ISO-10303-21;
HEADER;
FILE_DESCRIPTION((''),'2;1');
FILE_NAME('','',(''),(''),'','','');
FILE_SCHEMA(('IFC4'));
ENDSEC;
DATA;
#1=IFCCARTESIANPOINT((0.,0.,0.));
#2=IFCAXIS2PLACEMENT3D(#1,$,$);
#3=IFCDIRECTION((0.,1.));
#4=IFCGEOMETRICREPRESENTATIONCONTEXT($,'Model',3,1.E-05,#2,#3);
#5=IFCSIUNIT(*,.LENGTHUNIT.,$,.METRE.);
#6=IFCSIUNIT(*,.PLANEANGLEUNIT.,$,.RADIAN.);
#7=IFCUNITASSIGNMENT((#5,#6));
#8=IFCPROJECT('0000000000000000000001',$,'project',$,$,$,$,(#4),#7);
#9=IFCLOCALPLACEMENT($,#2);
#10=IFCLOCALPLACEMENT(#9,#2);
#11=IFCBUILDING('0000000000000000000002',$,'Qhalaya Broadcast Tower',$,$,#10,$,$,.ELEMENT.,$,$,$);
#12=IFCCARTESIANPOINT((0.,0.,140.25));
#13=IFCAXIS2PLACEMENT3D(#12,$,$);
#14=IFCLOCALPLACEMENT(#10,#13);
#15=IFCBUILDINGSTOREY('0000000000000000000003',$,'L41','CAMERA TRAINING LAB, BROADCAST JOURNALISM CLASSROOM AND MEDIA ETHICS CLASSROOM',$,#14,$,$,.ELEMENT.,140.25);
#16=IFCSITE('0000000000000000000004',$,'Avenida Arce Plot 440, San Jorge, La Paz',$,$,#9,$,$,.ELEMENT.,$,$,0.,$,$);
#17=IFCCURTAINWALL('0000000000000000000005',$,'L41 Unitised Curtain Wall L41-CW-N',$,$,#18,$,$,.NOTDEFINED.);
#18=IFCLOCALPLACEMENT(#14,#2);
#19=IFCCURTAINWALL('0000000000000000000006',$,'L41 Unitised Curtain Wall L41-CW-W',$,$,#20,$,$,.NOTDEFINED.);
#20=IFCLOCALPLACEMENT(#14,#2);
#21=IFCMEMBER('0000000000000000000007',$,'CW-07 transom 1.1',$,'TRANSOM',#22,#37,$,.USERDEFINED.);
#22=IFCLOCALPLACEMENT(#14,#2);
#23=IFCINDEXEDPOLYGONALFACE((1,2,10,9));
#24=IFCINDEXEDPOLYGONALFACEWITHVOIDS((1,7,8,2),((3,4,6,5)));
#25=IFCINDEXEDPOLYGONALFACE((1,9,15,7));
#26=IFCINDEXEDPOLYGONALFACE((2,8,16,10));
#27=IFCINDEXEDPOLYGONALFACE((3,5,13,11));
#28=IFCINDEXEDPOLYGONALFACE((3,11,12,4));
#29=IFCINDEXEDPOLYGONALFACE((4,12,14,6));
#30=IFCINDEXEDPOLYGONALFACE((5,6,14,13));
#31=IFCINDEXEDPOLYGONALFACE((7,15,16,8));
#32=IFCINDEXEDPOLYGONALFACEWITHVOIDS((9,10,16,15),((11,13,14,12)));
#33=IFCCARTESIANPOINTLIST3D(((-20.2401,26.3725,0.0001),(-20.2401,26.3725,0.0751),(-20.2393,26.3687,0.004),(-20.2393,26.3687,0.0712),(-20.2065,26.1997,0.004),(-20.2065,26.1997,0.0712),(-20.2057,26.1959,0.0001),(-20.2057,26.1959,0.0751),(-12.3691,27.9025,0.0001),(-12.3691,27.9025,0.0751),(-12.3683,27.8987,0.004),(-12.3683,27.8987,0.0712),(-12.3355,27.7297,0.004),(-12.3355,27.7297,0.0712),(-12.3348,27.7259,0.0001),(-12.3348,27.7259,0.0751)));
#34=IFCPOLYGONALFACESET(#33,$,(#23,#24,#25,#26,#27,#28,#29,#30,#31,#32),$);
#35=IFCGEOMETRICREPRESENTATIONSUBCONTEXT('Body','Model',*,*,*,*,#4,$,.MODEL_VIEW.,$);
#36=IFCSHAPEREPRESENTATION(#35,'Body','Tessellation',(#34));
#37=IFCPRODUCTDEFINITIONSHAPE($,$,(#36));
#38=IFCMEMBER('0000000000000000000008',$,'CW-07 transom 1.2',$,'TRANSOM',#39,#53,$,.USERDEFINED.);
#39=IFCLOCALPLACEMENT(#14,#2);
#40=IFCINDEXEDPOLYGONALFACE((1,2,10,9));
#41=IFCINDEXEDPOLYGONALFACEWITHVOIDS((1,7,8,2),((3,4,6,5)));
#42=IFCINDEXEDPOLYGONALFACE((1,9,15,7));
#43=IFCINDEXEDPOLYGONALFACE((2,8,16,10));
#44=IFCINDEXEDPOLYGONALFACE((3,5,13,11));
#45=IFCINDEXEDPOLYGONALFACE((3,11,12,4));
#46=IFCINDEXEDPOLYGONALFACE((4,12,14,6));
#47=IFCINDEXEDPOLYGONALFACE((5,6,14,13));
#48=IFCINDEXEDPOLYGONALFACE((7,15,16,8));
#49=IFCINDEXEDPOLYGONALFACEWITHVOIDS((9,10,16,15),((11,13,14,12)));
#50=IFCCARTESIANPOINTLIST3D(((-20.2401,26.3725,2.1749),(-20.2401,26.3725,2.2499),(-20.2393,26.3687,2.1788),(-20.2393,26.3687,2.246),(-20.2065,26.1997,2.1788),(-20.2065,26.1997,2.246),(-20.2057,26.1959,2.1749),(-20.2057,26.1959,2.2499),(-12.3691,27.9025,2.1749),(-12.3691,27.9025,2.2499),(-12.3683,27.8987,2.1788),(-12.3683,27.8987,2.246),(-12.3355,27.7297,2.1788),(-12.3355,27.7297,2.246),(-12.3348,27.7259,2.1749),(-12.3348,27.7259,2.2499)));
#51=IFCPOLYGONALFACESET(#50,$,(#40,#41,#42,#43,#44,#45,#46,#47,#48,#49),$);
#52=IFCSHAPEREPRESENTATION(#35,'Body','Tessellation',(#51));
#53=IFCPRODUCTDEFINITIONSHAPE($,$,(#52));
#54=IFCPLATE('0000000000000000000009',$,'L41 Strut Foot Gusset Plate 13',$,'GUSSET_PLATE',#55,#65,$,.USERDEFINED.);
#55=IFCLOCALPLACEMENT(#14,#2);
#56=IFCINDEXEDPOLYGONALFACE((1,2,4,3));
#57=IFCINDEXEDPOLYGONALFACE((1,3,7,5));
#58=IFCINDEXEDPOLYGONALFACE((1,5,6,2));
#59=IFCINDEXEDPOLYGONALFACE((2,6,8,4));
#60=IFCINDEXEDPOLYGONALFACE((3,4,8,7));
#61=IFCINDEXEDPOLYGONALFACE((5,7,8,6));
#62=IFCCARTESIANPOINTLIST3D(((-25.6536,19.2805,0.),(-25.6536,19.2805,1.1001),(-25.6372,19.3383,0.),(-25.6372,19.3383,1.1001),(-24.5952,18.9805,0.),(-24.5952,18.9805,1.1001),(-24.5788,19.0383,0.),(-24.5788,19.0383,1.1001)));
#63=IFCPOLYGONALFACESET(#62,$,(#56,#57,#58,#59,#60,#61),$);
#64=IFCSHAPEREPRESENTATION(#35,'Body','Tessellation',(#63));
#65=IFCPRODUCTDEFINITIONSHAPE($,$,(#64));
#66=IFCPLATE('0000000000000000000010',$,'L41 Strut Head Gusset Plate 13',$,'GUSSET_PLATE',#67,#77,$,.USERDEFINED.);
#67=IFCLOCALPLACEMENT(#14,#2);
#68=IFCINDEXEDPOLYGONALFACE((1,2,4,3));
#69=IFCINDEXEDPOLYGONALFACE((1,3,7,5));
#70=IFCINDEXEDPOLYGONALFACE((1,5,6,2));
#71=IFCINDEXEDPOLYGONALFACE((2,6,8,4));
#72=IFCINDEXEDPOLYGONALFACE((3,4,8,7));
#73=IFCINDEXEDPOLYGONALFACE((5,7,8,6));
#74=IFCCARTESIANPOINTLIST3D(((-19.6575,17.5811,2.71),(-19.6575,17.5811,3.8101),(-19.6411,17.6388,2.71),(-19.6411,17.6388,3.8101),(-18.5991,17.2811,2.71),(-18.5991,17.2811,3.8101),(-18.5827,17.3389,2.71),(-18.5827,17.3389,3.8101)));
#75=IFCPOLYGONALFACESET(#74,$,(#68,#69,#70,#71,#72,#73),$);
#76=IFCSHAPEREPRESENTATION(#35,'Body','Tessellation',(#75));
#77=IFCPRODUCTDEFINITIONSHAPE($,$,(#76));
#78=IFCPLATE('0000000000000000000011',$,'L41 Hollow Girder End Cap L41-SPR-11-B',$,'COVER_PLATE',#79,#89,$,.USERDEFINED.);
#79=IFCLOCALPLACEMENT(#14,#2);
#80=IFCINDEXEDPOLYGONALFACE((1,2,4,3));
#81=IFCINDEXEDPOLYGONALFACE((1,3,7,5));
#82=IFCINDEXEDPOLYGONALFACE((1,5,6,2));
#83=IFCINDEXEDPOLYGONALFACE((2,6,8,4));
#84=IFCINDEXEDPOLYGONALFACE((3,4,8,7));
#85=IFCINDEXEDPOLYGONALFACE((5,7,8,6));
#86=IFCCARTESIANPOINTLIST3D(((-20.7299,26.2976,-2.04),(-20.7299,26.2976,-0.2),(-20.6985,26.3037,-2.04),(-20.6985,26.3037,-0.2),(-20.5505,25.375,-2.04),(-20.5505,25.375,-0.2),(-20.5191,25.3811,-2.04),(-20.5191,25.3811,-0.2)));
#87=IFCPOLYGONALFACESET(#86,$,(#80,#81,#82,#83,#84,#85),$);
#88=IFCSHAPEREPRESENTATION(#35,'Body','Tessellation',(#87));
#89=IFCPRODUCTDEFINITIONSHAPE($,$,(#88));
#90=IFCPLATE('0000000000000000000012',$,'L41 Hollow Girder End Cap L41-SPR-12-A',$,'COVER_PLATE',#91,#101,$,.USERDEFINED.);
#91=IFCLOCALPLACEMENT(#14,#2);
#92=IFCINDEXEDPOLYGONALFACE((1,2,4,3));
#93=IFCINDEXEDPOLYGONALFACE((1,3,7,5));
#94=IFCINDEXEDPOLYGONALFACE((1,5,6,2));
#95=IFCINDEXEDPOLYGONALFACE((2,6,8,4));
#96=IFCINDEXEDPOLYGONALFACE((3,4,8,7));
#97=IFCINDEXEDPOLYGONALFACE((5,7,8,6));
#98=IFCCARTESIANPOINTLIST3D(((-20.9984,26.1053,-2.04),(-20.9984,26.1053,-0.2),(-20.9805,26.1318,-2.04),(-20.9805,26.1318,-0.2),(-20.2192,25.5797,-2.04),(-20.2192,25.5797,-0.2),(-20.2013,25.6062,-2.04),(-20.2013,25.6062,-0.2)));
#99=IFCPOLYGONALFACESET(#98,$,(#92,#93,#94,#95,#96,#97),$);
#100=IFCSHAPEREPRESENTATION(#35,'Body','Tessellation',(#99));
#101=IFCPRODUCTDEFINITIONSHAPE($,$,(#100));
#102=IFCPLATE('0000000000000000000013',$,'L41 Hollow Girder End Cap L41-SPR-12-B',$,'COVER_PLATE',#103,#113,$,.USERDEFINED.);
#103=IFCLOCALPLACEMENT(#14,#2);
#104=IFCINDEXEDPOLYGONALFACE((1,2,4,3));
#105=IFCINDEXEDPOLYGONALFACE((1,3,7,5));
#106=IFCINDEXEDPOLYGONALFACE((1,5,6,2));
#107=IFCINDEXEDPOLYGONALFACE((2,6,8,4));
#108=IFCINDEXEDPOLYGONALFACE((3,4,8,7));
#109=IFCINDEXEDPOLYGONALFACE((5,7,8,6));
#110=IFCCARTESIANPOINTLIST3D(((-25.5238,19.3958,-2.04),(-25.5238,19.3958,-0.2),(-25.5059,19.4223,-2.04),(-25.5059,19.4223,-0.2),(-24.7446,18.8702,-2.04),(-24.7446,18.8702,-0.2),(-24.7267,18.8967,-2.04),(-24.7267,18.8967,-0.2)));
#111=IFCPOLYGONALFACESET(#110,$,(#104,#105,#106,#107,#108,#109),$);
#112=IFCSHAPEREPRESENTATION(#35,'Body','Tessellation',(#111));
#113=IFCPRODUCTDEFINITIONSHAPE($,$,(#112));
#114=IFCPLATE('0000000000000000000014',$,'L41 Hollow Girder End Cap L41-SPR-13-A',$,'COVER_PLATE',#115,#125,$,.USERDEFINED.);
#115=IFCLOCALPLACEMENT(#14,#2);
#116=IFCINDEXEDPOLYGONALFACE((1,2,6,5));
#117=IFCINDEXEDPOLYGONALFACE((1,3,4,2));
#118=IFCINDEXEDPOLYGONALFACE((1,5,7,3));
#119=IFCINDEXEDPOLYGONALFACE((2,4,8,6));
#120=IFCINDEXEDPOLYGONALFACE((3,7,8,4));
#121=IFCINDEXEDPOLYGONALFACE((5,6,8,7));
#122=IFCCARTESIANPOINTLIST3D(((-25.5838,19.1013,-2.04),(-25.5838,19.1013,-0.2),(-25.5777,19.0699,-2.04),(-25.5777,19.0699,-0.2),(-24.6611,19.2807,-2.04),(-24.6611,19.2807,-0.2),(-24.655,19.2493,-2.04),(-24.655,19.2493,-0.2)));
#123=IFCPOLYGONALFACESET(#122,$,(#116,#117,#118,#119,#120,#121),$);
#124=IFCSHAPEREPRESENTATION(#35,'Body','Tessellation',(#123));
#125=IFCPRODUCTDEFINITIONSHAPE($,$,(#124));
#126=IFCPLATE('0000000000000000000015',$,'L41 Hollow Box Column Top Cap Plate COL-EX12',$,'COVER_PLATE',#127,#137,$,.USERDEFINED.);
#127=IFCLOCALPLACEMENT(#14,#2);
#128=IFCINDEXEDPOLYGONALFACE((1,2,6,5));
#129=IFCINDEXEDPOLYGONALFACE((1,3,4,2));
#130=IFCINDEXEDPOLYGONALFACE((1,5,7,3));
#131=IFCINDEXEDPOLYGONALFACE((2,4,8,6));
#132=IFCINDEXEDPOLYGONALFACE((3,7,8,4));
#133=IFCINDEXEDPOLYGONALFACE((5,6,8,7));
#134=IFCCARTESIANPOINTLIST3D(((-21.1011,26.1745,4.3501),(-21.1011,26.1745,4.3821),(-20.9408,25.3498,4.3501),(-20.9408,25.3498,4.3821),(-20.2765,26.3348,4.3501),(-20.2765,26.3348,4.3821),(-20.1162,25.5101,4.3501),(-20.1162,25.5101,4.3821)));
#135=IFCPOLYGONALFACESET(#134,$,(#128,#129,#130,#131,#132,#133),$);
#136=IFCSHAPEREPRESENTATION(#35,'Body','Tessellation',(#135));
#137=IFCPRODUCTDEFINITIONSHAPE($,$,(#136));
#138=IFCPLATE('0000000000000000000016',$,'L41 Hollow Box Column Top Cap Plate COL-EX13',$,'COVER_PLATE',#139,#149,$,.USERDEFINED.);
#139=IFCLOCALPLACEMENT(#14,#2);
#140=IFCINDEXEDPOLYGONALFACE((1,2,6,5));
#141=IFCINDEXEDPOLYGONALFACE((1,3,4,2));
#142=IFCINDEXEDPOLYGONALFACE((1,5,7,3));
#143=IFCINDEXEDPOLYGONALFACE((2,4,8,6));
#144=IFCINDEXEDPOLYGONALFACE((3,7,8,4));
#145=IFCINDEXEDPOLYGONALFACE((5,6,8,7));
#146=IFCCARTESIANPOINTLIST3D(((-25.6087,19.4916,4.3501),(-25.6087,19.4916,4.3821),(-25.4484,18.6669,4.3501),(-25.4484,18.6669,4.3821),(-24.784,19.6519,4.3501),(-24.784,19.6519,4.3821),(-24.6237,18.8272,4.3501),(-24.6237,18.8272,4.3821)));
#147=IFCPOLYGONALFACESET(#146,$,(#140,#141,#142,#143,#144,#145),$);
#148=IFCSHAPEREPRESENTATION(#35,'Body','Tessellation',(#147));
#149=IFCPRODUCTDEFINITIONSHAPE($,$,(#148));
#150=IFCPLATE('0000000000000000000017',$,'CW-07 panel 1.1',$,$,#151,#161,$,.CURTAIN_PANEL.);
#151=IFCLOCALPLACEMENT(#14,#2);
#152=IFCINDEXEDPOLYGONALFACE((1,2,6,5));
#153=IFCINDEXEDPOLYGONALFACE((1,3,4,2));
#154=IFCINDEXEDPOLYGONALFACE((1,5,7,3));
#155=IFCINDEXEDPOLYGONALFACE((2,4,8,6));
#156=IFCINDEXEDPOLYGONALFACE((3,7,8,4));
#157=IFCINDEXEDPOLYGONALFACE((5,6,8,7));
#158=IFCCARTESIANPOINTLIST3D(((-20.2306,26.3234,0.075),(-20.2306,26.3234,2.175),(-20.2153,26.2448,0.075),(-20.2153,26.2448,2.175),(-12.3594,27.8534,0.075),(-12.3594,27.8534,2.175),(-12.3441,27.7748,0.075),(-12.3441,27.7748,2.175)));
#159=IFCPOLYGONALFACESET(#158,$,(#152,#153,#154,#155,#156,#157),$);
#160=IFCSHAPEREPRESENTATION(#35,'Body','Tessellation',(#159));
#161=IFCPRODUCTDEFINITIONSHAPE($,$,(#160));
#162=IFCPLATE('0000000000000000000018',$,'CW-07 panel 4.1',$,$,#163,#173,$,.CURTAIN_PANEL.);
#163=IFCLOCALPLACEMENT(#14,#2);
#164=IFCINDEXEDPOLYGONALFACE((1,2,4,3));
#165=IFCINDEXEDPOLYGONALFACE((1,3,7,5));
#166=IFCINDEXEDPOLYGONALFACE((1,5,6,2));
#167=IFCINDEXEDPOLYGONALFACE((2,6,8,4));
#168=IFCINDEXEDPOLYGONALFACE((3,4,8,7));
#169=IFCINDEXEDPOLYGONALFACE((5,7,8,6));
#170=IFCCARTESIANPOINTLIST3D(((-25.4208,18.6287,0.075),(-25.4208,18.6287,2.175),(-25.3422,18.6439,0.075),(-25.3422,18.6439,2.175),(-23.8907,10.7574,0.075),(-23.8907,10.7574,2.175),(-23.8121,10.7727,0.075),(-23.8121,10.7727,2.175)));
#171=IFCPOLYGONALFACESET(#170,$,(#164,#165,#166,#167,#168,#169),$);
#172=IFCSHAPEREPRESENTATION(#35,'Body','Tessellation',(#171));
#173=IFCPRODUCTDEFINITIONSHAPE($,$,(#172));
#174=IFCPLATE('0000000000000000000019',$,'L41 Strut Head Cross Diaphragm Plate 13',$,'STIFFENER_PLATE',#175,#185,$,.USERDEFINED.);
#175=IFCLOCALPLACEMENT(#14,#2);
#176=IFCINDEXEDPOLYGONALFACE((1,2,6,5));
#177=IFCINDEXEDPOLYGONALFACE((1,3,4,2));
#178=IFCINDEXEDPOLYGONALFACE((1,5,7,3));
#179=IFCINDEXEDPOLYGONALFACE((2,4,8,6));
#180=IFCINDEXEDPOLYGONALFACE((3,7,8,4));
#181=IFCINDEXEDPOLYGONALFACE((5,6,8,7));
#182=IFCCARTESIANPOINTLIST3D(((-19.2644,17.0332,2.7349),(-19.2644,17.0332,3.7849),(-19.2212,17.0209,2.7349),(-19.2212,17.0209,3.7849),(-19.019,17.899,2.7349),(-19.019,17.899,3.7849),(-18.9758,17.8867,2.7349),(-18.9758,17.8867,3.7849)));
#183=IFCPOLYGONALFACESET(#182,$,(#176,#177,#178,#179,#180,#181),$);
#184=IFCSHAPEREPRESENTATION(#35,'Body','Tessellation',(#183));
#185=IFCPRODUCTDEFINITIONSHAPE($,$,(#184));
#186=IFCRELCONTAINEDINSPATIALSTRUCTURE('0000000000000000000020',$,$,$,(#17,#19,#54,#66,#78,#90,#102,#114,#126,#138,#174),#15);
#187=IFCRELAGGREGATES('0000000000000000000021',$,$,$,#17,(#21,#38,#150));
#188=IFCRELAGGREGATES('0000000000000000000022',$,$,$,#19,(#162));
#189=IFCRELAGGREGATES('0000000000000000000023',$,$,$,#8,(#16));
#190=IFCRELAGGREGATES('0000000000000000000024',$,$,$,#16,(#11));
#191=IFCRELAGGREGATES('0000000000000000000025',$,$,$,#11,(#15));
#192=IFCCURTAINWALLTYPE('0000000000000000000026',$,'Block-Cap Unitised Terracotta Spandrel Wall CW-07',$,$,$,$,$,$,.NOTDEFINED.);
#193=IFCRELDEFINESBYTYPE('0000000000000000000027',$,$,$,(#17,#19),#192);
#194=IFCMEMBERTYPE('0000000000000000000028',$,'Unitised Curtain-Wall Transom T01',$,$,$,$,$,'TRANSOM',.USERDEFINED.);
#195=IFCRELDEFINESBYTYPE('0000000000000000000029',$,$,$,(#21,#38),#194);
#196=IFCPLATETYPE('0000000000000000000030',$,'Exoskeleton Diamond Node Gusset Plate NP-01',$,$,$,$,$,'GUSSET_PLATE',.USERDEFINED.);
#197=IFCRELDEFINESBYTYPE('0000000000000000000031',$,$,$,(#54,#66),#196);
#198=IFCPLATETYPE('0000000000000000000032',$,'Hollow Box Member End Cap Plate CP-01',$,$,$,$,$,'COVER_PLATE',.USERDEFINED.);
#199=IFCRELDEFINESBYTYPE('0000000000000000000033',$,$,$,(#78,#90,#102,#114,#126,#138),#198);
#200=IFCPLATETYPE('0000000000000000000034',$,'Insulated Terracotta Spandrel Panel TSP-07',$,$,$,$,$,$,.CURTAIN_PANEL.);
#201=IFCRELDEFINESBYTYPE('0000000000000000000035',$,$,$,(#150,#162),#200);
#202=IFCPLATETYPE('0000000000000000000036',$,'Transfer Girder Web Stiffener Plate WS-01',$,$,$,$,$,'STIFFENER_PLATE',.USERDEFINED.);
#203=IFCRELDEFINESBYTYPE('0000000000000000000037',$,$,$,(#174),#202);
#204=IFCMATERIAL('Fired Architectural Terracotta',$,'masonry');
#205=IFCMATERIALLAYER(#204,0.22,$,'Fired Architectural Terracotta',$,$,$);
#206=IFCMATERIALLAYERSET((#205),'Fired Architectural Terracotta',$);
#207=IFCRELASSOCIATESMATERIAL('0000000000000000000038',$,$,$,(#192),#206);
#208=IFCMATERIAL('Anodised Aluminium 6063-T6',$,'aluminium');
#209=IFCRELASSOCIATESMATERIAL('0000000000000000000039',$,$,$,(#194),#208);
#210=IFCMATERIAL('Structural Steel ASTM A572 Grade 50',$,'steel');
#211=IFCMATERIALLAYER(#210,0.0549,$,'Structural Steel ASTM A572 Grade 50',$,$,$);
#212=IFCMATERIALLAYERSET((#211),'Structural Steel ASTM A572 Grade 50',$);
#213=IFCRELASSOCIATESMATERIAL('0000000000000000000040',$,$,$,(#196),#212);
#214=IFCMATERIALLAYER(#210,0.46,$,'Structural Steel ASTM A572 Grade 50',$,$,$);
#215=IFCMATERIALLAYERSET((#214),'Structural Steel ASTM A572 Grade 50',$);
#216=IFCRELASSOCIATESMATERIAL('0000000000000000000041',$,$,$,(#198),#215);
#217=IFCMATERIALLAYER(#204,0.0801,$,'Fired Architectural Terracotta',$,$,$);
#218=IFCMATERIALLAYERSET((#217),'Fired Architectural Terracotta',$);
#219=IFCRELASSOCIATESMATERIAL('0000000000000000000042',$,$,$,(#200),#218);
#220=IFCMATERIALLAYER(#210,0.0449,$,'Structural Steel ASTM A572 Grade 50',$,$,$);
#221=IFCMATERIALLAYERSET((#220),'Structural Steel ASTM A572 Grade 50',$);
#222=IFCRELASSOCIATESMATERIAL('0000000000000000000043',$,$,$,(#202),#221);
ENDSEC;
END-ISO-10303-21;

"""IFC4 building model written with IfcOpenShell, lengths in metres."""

from ifc_helpers import new_model, si_unit, direction, frame, origin, origin_2d, place, context, subcontext, project, spatial, rectangle, hollow_rectangle, extrude, material, layer, layer_set, material_profile, profile_set, type_object, element, aggregate, save


model = new_model("IFC4")

# Units and contexts
model_context = context("Model", 3, precision=1e-05, world=origin(), true_north=direction((0.0, 1.0)))
body_context = subcontext(model_context, "Body", "Model", "MODEL_VIEW")
ifc_project = project(units=[si_unit("LENGTHUNIT", "METRE"), si_unit("PLANEANGLEUNIT", "RADIAN")], contexts=[model_context])

# Site, building, storey
site_placement = place(None, origin())
site = spatial("IfcSite", under=ifc_project, at=site_placement, Name="Avenida Arce Plot 440, San Jorge, La Paz", CompositionType="ELEMENT", RefElevation=0.0)
building_placement = place(site_placement, origin())
building = spatial("IfcBuilding", under=site, at=building_placement, Name="Qhalaya Broadcast Tower", CompositionType="ELEMENT")
storey_placement = place(building_placement, frame((0.0, 0.0, 140.25)))
storey = spatial("IfcBuildingStorey", under=building, at=storey_placement, Name="L41", Description="CAMERA TRAINING LAB, BROADCAST JOURNALISM CLASSROOM AND MEDIA ETHICS CLASSROOM", CompositionType="ELEMENT", Elevation=140.25)

# Shared definitions
ifc_material_1 = material(Name="Structural Steel ASTM A572 Grade 50", Category="steel")

# Curtain walls
ifc_material_2 = material(Name="Fired Architectural Terracotta", Category="masonry")
ifc_layer_1 = layer(ifc_material_2, 0.22, Name="Fired Architectural Terracotta")
ifc_layer_set_1 = layer_set([ifc_layer_1], Name="Fired Architectural Terracotta")
curtain_wall_type = type_object("IfcCurtainWallType", Name="Block-Cap Unitised Terracotta Spandrel Wall CW-07", PredefinedType="NOTDEFINED", material=ifc_layer_set_1)
curtain_wall_1_placement = place(storey_placement, origin())
curtain_wall_1 = element("IfcCurtainWall", 1, at=curtain_wall_1_placement, inside=storey, type_object=curtain_wall_type, Name="L41 Unitised Curtain Wall L41-CW-N", PredefinedType="NOTDEFINED")
ifc_material_3 = material(Name="Anodised Aluminium 6063-T6", Category="aluminium")
curtain_wall_2_placement = place(storey_placement, origin())
curtain_wall_2 = element("IfcCurtainWall", 2, at=curtain_wall_2_placement, inside=storey, type_object=curtain_wall_type, Name="L41 Unitised Curtain Wall L41-CW-W", PredefinedType="NOTDEFINED")

# Members
ifc_material_profile_1 = material_profile(ifc_material_3, hollow_rectangle(XDim=0.075, YDim=0.1799, WallThickness=0.0039, at=origin_2d()), Name="ALU-TRN 75x180x4")
ifc_profile_set_1 = profile_set([ifc_material_profile_1], Name="Anodised Aluminium 6063-T6")
member_type_1 = type_object("IfcMemberType", Name="Unitised Curtain-Wall Transom T01", ElementType="TRANSOM", PredefinedType="USERDEFINED", material=ifc_profile_set_1)
member_1_placement = place(storey_placement, frame((-20.2229, 26.2842, 0.0376), z_axis=(0.981626, 0.190814, 0.0), x_axis=(0.0, 0.0, 1.0)))
member_1 = element("IfcMember", 3, at=member_1_placement, type_object=member_type_1, Name="CW-07 transom 1.1", ObjectType="TRANSOM", PredefinedType="USERDEFINED", context=body_context, shape_type="SweptSolid", body=[
    extrude(hollow_rectangle(XDim=0.075, YDim=0.1799, WallThickness=0.0039, at=origin_2d()), origin(), (0.0, 0.0, 1.0), 8.0183),
])
member_2_placement = place(storey_placement, frame((-20.2229, 26.2842, 2.2124), z_axis=(0.981626, 0.190814, 0.0), x_axis=(0.0, 0.0, 1.0)))
member_2 = element("IfcMember", 4, at=member_2_placement, type_object=member_type_1, Name="CW-07 transom 1.2", ObjectType="TRANSOM", PredefinedType="USERDEFINED", context=body_context, shape_type="SweptSolid", body=[
    extrude(hollow_rectangle(XDim=0.075, YDim=0.1799, WallThickness=0.0039, at=origin_2d()), origin(), (0.0, 0.0, 1.0), 8.0183),
])

# Plates
ifc_layer_2 = layer(ifc_material_1, 0.0549, Name="Structural Steel ASTM A572 Grade 50")
ifc_layer_set_2 = layer_set([ifc_layer_2], Name="Structural Steel ASTM A572 Grade 50")
plate_type_1 = type_object("IfcPlateType", Name="Exoskeleton Diamond Node Gusset Plate NP-01", ElementType="GUSSET_PLATE", PredefinedType="USERDEFINED", material=ifc_layer_set_2)
for number, where, z_axis, x_axis, name in (
    (5, (-25.1162, 19.1594, 0.0), (0.0, 0.0, 1.0), (0.962104, -0.272683, 0.0), "L41 Strut Foot Gusset Plate 13"),
    (6, (-19.1201, 17.46, 2.71), (0.0, 0.0, 1.0), (0.962104, -0.272683, 0.0), "L41 Strut Head Gusset Plate 13"),
):
    element("IfcPlate", number, at=place(storey_placement, frame(where, z_axis=z_axis, x_axis=x_axis)), inside=storey, type_object=plate_type_1, Name=name, ObjectType="GUSSET_PLATE", PredefinedType="USERDEFINED", context=body_context, shape_type="SweptSolid", body=[
        extrude(rectangle(XDim=1.1001, YDim=0.0601, at=origin_2d()), origin(), (0.0, 0.0, 1.0), 1.1001),
    ])
ifc_layer_3 = layer(ifc_material_1, 0.46, Name="Structural Steel ASTM A572 Grade 50")
ifc_layer_set_3 = layer_set([ifc_layer_3], Name="Structural Steel ASTM A572 Grade 50")
plate_type_2 = type_object("IfcPlateType", Name="Hollow Box Member End Cap Plate CP-01", ElementType="COVER_PLATE", PredefinedType="USERDEFINED", material=ifc_layer_set_3)
for number, where, z_axis, x_axis, name in (
    (7, (-20.6245, 25.8394, -2.04), (0.0, 0.0, 1.0), (0.190809, -0.981627, 0.0), "L41 Hollow Girder End Cap L41-SPR-11-B"),
    (8, (-20.5999, 25.8557, -2.04), (0.0, 0.0, 1.0), (0.829038, -0.559193, 0.0), "L41 Hollow Girder End Cap L41-SPR-12-A"),
    (9, (-25.1252, 19.1462, -2.04), (0.0, 0.0, 1.0), (0.829038, -0.559193, 0.0), "L41 Hollow Girder End Cap L41-SPR-12-B"),
    (10, (-25.1194, 19.1753, -2.04), (0.0, 0.0, 1.0), (0.981627, 0.190809, 0.0), "L41 Hollow Girder End Cap L41-SPR-13-A"),
):
    element("IfcPlate", number, at=place(storey_placement, frame(where, z_axis=z_axis, x_axis=x_axis)), inside=storey, type_object=plate_type_2, Name=name, ObjectType="COVER_PLATE", PredefinedType="USERDEFINED", context=body_context, shape_type="SweptSolid", body=[
        extrude(rectangle(XDim=0.9399, YDim=0.032, at=origin_2d()), origin(), (0.0, 0.0, 1.0), 1.8401),
    ])
for number, where, z_axis, x_axis, name in (
    (11, (-20.6086, 25.8423, 4.3501), (0.0, 0.0, 1.0), (0.981627, 0.190809, 0.0), "L41 Hollow Box Column Top Cap Plate COL-EX12"),
    (12, (-25.1162, 19.1594, 4.3501), (0.0, 0.0, 1.0), (-0.190809, 0.981627, 0.0), "L41 Hollow Box Column Top Cap Plate COL-EX13"),
):
    element("IfcPlate", number, at=place(storey_placement, frame(where, z_axis=z_axis, x_axis=x_axis)), inside=storey, type_object=plate_type_2, Name=name, ObjectType="COVER_PLATE", PredefinedType="USERDEFINED", context=body_context, shape_type="SweptSolid", body=[
        extrude(rectangle(XDim=0.8401, YDim=0.8401, at=origin_2d()), origin(), (0.0, 0.0, 1.0), 0.032),
    ])

# Plates
ifc_layer_4 = layer(ifc_material_2, 0.0801, Name="Fired Architectural Terracotta")
ifc_layer_set_4 = layer_set([ifc_layer_4], Name="Fired Architectural Terracotta")
plate_type_3 = type_object("IfcPlateType", Name="Insulated Terracotta Spandrel Panel TSP-07", PredefinedType="CURTAIN_PANEL", material=ifc_layer_set_4)
plate_1_placement = place(storey_placement, frame((-16.2874, 27.0491, 0.075), z_axis=(0.0, 0.0, 1.0), x_axis=(0.981627, 0.19081, 0.0)))
plate_1 = element("IfcPlate", 13, at=plate_1_placement, type_object=plate_type_3, Name="CW-07 panel 1.1", PredefinedType="CURTAIN_PANEL", context=body_context, shape_type="SweptSolid", body=[
    extrude(rectangle(XDim=8.0186, YDim=0.0801, at=origin_2d()), origin(), (0.0, 0.0, 1.0), 2.1001),
])
aggregate(curtain_wall_1, [member_1, member_2, plate_1])
plate_2_placement = place(storey_placement, frame((-24.6165, 14.7007, 0.075), z_axis=(0.0, 0.0, 1.0), x_axis=(-0.19081, 0.981627, 0.0)))
plate_2 = element("IfcPlate", 14, at=plate_2_placement, type_object=plate_type_3, Name="CW-07 panel 4.1", PredefinedType="CURTAIN_PANEL", context=body_context, shape_type="SweptSolid", body=[
    extrude(rectangle(XDim=8.0186, YDim=0.0801, at=origin_2d()), origin(), (0.0, 0.0, 1.0), 2.1001),
])
aggregate(curtain_wall_2, [plate_2])
ifc_layer_5 = layer(ifc_material_1, 0.0449, Name="Structural Steel ASTM A572 Grade 50")
ifc_layer_set_5 = layer_set([ifc_layer_5], Name="Structural Steel ASTM A572 Grade 50")
plate_type_4 = type_object("IfcPlateType", Name="Transfer Girder Web Stiffener Plate WS-01", ElementType="STIFFENER_PLATE", PredefinedType="USERDEFINED", material=ifc_layer_set_5)
plate_3_placement = place(storey_placement, frame((-19.1201, 17.46, 2.7349), z_axis=(0.0, 0.0, 1.0), x_axis=(0.272683, 0.962104, 0.0)))
element("IfcPlate", 15, at=plate_3_placement, inside=storey, type_object=plate_type_4, Name="L41 Strut Head Cross Diaphragm Plate 13", ObjectType="STIFFENER_PLATE", PredefinedType="USERDEFINED", context=body_context, shape_type="SweptSolid", body=[
    extrude(rectangle(XDim=0.8999, YDim=0.0449, at=origin_2d()), origin(), (0.0, 0.0, 1.0), 1.05),
])

save(model, "model.ifc")
